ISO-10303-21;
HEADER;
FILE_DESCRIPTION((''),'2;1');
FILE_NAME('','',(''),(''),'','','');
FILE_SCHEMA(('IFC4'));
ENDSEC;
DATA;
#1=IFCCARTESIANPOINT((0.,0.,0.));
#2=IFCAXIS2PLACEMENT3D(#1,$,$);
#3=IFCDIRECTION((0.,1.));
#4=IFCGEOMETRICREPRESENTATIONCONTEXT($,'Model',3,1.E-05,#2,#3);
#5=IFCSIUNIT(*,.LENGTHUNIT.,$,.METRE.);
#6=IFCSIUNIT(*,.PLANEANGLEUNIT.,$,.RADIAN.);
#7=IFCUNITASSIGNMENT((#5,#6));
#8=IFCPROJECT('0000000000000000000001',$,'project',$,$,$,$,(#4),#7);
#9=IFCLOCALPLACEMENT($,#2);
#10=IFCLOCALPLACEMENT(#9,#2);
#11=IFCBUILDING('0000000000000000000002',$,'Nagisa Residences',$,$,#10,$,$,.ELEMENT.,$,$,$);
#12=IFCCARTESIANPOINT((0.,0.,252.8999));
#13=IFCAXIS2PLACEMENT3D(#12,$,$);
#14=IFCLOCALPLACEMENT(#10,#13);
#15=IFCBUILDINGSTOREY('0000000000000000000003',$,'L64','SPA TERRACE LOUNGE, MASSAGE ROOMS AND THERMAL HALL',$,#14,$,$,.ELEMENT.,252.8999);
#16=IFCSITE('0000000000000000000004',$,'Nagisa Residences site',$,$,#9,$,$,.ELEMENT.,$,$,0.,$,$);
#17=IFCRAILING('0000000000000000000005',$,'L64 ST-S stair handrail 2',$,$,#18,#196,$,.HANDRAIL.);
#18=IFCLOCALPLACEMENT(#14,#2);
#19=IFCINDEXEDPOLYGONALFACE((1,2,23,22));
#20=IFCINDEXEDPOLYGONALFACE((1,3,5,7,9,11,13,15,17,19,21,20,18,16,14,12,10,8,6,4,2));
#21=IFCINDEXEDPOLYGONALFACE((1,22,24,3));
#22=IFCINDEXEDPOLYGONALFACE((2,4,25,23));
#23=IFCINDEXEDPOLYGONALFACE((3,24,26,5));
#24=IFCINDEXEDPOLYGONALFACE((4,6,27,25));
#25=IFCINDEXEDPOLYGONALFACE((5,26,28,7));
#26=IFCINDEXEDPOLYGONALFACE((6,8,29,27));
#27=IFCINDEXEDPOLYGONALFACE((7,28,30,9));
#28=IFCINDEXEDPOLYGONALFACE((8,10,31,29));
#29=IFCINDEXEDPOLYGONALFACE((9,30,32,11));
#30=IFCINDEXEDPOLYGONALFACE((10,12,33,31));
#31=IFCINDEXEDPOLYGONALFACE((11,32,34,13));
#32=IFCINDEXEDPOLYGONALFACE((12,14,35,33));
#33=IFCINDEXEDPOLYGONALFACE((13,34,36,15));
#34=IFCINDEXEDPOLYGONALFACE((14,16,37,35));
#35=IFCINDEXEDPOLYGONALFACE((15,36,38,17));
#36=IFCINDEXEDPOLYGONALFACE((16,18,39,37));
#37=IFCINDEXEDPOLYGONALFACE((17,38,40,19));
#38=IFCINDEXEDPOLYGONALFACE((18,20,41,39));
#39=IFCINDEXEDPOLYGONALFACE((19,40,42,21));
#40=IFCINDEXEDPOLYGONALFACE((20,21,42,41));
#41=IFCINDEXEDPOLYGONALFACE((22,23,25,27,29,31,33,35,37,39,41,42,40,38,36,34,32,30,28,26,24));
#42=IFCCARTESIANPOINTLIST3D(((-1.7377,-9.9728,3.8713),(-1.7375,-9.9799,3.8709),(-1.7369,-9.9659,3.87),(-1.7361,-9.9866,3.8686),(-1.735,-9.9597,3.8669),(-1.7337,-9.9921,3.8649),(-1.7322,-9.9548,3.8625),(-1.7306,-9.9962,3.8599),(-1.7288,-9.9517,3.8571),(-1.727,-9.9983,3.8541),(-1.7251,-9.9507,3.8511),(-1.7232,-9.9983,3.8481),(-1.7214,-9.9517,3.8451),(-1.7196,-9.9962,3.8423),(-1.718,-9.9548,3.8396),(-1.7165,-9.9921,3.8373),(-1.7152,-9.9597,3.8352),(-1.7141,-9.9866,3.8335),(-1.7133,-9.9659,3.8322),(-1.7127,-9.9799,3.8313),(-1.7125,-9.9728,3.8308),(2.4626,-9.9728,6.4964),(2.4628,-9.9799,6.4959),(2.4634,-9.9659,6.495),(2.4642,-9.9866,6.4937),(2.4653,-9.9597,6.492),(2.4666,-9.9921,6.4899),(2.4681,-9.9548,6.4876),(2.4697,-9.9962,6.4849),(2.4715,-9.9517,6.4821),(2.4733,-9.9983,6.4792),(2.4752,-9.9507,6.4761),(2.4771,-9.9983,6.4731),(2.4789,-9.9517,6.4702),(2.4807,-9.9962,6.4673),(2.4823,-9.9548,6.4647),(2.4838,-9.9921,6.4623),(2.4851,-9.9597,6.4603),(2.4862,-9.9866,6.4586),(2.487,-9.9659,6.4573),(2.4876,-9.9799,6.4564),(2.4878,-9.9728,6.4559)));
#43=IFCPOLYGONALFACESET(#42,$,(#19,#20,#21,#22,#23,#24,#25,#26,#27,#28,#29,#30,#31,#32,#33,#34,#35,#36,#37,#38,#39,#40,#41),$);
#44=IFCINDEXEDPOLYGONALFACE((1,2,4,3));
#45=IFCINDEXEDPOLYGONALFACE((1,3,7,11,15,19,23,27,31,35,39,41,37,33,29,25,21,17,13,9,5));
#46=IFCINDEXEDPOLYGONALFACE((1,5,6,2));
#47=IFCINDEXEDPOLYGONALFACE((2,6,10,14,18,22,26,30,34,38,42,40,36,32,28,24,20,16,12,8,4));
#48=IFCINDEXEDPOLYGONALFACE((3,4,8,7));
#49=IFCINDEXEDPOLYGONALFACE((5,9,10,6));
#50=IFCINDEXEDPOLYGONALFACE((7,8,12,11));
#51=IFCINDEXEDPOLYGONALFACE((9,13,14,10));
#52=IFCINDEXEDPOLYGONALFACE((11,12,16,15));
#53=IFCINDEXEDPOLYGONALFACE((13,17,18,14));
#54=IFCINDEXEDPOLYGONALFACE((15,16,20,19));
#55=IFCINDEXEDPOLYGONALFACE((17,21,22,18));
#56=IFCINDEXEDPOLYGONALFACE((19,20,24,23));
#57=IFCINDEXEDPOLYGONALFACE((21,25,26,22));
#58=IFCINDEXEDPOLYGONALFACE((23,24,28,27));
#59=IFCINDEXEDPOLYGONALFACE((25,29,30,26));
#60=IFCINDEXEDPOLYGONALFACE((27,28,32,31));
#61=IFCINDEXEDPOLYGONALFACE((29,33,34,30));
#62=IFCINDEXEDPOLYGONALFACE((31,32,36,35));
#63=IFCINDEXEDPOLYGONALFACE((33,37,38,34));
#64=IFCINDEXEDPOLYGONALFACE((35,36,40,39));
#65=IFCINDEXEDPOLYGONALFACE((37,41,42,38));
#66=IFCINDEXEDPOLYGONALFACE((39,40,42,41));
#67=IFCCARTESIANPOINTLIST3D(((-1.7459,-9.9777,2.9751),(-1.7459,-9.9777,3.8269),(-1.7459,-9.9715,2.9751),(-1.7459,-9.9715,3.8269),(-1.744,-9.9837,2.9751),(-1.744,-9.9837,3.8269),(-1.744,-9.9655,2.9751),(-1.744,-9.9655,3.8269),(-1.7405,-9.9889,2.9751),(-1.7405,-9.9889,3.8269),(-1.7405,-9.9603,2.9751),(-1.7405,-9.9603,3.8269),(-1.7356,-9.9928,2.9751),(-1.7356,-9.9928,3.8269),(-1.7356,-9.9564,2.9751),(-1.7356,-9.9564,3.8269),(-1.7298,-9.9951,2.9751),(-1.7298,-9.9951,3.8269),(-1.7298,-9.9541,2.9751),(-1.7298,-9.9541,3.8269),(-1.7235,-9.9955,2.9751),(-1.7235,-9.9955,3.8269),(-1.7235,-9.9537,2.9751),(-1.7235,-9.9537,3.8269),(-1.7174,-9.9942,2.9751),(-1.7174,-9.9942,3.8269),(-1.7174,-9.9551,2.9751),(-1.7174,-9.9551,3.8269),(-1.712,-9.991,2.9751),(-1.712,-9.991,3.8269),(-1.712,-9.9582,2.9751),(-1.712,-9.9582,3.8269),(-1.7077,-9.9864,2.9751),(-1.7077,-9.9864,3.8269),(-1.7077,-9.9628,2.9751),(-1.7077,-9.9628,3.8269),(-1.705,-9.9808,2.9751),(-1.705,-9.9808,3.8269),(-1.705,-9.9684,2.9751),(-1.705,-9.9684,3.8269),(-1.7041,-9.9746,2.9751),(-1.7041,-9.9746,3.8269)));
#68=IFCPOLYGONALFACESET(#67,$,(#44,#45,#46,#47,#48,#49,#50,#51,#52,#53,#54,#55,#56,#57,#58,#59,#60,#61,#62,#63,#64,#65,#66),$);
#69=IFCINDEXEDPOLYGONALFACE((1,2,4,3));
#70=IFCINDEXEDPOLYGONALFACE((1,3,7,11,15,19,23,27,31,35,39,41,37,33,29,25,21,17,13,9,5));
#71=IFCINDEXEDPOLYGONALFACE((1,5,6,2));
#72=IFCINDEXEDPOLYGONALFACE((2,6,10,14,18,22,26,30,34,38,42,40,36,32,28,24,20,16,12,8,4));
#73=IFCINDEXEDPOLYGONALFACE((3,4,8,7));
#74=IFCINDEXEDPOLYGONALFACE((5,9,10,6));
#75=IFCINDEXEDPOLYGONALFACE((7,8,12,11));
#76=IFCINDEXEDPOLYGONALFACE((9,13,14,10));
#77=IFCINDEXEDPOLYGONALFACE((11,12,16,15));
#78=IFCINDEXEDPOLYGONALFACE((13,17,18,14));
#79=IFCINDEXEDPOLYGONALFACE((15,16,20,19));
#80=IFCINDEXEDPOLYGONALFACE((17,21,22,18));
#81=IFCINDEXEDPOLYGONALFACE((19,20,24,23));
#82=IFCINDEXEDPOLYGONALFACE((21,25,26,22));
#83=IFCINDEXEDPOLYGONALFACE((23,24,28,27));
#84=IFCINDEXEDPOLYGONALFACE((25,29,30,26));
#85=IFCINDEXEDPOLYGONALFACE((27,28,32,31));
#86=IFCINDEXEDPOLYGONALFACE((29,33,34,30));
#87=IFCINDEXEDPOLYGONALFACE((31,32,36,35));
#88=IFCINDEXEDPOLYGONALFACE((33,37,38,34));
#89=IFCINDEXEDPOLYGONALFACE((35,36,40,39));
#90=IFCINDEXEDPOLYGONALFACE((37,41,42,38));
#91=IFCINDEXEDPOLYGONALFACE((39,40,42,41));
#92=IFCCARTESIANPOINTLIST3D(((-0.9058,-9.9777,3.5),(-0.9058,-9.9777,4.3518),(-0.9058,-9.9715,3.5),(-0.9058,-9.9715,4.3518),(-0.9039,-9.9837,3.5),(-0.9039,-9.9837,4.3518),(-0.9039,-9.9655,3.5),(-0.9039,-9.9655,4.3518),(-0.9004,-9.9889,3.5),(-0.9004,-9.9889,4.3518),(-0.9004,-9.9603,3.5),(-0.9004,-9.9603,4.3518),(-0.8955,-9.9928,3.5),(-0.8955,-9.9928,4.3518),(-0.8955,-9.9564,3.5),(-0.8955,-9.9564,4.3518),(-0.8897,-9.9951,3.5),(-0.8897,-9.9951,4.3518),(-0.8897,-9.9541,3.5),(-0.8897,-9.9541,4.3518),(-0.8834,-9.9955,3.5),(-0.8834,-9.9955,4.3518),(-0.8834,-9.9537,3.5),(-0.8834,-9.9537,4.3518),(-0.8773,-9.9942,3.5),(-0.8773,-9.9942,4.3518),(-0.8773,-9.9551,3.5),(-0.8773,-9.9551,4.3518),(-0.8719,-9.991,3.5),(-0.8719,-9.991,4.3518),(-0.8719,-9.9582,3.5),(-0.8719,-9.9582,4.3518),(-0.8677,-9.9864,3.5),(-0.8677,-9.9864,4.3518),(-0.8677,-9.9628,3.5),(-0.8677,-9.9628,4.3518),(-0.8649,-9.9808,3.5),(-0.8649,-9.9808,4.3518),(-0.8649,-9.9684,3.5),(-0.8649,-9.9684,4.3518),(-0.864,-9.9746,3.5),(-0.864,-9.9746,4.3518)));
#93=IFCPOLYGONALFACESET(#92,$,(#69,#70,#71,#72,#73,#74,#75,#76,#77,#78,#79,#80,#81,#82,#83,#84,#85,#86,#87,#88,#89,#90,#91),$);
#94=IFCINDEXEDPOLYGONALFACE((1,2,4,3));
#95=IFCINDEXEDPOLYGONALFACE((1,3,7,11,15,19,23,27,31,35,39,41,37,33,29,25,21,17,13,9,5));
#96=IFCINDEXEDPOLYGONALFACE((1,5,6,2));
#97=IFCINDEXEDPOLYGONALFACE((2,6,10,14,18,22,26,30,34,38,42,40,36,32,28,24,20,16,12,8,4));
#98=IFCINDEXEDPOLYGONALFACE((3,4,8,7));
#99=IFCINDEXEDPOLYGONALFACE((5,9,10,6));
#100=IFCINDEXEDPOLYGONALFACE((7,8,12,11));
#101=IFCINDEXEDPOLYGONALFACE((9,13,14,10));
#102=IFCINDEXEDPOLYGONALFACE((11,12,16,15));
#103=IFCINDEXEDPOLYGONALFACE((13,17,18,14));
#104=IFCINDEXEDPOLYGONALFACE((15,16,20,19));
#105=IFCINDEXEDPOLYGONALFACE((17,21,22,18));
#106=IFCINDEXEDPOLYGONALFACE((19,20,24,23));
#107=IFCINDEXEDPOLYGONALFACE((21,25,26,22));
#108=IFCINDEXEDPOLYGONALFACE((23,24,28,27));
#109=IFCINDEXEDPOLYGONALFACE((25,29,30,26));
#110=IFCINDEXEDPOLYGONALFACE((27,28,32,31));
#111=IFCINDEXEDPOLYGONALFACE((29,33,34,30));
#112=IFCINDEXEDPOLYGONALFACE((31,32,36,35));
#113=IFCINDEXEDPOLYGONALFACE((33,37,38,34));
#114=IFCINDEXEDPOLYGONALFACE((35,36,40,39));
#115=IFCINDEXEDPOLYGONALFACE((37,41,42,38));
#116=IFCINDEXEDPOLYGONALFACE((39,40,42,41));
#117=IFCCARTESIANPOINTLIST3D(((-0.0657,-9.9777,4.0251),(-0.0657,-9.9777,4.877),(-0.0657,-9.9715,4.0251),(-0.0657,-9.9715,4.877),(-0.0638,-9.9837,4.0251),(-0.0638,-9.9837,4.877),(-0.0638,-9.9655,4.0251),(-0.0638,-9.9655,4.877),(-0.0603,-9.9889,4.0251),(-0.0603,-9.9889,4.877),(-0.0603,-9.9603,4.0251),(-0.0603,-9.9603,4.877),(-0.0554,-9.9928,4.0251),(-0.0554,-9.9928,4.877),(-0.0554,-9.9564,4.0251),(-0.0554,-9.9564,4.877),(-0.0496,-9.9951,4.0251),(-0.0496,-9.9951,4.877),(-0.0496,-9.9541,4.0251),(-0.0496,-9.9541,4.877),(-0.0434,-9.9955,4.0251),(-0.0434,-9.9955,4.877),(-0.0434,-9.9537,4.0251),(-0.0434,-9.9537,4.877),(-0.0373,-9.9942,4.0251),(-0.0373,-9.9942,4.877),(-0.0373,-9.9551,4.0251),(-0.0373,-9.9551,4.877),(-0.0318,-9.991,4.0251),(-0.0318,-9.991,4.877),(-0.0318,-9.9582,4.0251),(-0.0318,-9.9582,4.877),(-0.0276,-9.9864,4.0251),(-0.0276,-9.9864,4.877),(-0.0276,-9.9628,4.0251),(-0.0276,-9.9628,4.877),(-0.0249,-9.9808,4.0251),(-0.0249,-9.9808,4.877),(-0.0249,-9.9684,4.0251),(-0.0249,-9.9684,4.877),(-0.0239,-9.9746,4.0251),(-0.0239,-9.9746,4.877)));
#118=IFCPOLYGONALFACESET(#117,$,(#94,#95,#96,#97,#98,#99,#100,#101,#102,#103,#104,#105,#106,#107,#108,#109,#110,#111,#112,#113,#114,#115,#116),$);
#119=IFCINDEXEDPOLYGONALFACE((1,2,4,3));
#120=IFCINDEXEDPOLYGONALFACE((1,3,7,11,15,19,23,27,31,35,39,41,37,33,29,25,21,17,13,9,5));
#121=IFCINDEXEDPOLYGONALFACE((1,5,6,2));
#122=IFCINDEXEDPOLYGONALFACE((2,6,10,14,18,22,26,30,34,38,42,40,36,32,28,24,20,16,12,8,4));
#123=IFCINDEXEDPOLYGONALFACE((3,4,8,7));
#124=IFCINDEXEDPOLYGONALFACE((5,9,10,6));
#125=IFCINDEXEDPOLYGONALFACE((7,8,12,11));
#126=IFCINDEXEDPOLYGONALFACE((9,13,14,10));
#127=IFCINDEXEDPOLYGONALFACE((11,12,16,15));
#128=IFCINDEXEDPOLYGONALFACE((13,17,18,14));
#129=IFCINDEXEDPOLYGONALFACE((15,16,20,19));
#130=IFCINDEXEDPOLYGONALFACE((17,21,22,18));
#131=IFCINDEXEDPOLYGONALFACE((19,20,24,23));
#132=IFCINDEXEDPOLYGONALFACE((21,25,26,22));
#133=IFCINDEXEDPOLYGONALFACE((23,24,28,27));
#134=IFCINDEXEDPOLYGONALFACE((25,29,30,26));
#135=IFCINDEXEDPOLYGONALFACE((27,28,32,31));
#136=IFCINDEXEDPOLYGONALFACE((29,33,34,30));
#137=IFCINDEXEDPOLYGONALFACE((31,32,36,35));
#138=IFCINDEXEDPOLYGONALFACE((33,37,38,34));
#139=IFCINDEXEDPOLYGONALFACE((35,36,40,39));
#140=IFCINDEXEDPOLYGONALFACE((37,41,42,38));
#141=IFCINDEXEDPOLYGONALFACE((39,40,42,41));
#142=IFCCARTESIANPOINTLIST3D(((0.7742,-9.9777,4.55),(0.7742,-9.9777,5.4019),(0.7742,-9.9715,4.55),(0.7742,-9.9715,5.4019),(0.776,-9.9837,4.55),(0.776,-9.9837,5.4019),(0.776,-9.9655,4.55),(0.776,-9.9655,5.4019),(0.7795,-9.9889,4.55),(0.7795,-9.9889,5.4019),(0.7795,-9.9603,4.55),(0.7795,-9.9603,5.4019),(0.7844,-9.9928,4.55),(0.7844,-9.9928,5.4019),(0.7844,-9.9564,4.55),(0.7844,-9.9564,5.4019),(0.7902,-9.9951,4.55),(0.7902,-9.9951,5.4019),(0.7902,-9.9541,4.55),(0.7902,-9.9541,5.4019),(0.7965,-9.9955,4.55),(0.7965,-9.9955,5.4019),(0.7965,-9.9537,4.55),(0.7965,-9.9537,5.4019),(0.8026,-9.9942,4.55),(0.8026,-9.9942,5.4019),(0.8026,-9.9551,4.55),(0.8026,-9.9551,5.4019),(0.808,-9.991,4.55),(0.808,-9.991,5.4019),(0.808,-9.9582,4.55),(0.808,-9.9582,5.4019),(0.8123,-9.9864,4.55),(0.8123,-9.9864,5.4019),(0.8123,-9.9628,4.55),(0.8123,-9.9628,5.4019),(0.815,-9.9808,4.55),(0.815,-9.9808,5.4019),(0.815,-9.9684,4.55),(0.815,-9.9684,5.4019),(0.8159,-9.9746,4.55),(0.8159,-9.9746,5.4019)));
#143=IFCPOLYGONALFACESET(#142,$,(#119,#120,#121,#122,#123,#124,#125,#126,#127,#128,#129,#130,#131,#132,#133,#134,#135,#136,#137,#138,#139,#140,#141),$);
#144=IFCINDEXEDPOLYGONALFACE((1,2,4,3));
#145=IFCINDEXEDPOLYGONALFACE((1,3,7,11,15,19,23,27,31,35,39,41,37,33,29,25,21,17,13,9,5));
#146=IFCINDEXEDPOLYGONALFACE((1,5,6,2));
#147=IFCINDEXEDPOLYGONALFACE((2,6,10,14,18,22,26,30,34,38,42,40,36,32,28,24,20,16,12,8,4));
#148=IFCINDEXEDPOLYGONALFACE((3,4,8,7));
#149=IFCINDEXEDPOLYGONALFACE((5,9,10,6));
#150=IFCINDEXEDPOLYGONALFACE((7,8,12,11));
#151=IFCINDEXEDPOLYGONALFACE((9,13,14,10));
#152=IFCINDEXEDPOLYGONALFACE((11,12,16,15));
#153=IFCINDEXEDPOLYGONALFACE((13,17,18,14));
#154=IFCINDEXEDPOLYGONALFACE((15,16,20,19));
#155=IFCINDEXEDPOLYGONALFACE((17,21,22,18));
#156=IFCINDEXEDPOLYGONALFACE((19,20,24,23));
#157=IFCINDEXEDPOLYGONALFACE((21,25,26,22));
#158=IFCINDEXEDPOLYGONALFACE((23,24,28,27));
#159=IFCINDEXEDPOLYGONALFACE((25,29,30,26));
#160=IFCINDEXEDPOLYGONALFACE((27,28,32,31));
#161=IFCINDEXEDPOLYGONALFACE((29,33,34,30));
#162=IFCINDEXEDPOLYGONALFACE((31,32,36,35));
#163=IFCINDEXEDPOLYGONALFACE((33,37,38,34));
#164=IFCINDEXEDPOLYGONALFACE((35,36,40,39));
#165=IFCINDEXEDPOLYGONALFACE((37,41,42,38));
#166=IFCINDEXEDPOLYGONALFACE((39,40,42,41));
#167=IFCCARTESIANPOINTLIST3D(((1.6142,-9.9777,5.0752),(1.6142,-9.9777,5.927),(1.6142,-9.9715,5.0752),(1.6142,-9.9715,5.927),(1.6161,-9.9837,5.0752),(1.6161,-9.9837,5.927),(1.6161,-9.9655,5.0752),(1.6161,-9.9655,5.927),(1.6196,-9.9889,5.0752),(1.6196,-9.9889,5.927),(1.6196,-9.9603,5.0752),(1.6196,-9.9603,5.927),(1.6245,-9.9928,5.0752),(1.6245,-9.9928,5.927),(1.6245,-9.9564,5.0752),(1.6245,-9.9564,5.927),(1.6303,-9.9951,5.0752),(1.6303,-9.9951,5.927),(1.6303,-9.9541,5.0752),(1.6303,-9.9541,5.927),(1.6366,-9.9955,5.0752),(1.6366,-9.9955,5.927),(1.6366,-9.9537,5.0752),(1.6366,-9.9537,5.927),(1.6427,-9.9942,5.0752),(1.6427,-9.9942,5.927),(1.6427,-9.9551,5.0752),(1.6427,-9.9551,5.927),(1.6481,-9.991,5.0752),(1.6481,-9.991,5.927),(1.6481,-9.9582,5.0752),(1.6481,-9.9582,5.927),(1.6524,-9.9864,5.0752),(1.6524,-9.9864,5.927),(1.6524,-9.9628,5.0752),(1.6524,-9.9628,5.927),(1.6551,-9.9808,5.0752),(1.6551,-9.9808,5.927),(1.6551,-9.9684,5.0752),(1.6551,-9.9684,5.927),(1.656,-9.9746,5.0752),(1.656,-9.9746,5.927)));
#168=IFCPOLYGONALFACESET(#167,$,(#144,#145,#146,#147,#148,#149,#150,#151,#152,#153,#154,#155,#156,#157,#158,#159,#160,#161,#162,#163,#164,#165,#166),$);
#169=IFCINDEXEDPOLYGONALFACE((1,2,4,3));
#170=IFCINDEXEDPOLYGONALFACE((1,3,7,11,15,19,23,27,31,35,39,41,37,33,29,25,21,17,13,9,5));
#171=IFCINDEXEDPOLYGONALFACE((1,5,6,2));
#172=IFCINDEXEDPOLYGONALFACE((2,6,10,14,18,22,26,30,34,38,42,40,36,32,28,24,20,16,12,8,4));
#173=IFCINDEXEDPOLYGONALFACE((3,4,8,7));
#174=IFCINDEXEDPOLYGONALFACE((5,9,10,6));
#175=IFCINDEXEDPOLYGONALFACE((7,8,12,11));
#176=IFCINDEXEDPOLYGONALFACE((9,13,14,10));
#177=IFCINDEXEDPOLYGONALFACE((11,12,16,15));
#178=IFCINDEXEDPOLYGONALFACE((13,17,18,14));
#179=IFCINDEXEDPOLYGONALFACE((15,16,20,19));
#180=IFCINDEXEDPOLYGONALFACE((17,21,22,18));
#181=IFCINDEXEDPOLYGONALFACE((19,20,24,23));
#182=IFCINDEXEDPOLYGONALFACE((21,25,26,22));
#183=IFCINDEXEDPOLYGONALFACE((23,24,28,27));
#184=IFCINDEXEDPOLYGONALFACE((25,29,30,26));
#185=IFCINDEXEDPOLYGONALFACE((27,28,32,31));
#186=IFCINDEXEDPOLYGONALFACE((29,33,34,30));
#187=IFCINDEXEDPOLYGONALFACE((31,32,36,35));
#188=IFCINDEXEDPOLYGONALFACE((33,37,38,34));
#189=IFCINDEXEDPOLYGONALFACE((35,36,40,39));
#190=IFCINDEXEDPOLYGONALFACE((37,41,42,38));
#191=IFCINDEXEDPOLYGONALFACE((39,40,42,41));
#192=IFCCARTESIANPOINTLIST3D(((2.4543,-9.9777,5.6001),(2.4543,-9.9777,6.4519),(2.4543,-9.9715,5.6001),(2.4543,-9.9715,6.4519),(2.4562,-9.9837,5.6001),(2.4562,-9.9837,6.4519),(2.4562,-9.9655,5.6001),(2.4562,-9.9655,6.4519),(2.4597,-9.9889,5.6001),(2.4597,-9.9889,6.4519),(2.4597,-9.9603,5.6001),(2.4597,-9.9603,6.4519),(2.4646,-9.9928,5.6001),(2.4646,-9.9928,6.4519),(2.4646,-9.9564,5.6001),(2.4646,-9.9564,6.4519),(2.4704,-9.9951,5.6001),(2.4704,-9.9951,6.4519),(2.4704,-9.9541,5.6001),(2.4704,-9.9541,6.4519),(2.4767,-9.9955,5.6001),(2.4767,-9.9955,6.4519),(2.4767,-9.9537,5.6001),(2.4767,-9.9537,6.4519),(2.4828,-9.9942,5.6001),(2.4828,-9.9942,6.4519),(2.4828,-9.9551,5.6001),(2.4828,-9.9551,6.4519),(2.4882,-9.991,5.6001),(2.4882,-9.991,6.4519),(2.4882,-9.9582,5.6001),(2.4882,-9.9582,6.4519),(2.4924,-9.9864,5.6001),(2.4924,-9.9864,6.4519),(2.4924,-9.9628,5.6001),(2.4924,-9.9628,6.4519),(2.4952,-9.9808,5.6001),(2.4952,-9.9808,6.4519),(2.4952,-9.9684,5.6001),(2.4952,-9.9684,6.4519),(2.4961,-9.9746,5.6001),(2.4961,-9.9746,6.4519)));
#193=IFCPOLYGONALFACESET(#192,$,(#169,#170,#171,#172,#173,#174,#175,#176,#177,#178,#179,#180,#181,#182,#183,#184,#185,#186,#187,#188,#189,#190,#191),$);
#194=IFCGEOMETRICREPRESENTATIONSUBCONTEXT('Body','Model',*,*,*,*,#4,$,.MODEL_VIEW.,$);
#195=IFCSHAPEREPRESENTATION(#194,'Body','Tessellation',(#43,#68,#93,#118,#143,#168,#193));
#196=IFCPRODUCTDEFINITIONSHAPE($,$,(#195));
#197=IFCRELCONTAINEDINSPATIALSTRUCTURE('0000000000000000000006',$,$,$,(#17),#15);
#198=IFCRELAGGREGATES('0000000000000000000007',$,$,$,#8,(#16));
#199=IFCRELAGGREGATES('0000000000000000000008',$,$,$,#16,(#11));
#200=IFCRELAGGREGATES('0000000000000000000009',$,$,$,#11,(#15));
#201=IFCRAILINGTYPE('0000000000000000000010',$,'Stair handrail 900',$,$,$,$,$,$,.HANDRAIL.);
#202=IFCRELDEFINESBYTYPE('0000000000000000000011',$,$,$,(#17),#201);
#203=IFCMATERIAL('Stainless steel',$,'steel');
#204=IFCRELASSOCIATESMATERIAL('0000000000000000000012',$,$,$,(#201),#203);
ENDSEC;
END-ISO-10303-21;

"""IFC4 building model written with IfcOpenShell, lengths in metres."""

from ifc_helpers import new_model, si_unit, direction, frame, origin, origin_2d, place, context, subcontext, project, spatial, circle, extrude, material, type_object, element, save


model = new_model("IFC4")

# Units and contexts
model_context = context("Model", 3, precision=1e-05, world=origin(), true_north=direction((0.0, 1.0)))
body_context = subcontext(model_context, "Body", "Model", "MODEL_VIEW")
ifc_project = project(units=[si_unit("LENGTHUNIT", "METRE"), si_unit("PLANEANGLEUNIT", "RADIAN")], contexts=[model_context])

# Site, building, storey
site_placement = place(None, origin())
site = spatial("IfcSite", under=ifc_project, at=site_placement, Name="Nagisa Residences site", CompositionType="ELEMENT", RefElevation=0.0)
building_placement = place(site_placement, origin())
building = spatial("IfcBuilding", under=site, at=building_placement, Name="Nagisa Residences", CompositionType="ELEMENT")
storey_placement = place(building_placement, frame((0.0, 0.0, 252.8999)))
storey = spatial("IfcBuildingStorey", under=building, at=storey_placement, Name="L64", Description="SPA TERRACE LOUNGE, MASSAGE ROOMS AND THERMAL HALL", CompositionType="ELEMENT", Elevation=252.8999)

# Railing
ifc_material_1 = material(Name="Stainless steel", Category="steel")
railing_type = type_object("IfcRailingType", Name="Stair handrail 900", PredefinedType="HANDRAIL", material=ifc_material_1)
railing_1_placement = place(storey_placement, frame((-1.7251, -9.9746, 2.9751)))
element("IfcRailing", 1, at=railing_1_placement, inside=storey, type_object=railing_type, Name="L64 ST-S stair handrail 2", PredefinedType="HANDRAIL", context=body_context, shape_type="SweptSolid", body=[
    extrude(circle(Radius=0.0239, at=origin_2d()), frame((0.0, 0.0, 0.876), z_axis=(0.848009, 0.0, 0.529981), x_axis=(0.0, 1.0, 0.0)), (0.0, 0.0, 1.0), 4.9531),
    extrude(circle(Radius=0.021, at=origin_2d()), origin(), (0.0, 0.0, 1.0), 0.8518),
    extrude(circle(Radius=0.021, at=origin_2d()), frame((0.8401, 0.0, 0.5249)), (0.0, 0.0, 1.0), 0.8518),
    extrude(circle(Radius=0.021, at=origin_2d()), frame((1.6802, 0.0, 1.05)), (0.0, 0.0, 1.0), 0.8518),
    extrude(circle(Radius=0.021, at=origin_2d()), frame((2.52, 0.0, 1.575)), (0.0, 0.0, 1.0), 0.8518),
    extrude(circle(Radius=0.021, at=origin_2d()), frame((3.3601, 0.0, 2.1001)), (0.0, 0.0, 1.0), 0.8518),
    extrude(circle(Radius=0.021, at=origin_2d()), frame((4.2002, 0.0, 2.625)), (0.0, 0.0, 1.0), 0.8518),
])

save(model, "model.ifc")
